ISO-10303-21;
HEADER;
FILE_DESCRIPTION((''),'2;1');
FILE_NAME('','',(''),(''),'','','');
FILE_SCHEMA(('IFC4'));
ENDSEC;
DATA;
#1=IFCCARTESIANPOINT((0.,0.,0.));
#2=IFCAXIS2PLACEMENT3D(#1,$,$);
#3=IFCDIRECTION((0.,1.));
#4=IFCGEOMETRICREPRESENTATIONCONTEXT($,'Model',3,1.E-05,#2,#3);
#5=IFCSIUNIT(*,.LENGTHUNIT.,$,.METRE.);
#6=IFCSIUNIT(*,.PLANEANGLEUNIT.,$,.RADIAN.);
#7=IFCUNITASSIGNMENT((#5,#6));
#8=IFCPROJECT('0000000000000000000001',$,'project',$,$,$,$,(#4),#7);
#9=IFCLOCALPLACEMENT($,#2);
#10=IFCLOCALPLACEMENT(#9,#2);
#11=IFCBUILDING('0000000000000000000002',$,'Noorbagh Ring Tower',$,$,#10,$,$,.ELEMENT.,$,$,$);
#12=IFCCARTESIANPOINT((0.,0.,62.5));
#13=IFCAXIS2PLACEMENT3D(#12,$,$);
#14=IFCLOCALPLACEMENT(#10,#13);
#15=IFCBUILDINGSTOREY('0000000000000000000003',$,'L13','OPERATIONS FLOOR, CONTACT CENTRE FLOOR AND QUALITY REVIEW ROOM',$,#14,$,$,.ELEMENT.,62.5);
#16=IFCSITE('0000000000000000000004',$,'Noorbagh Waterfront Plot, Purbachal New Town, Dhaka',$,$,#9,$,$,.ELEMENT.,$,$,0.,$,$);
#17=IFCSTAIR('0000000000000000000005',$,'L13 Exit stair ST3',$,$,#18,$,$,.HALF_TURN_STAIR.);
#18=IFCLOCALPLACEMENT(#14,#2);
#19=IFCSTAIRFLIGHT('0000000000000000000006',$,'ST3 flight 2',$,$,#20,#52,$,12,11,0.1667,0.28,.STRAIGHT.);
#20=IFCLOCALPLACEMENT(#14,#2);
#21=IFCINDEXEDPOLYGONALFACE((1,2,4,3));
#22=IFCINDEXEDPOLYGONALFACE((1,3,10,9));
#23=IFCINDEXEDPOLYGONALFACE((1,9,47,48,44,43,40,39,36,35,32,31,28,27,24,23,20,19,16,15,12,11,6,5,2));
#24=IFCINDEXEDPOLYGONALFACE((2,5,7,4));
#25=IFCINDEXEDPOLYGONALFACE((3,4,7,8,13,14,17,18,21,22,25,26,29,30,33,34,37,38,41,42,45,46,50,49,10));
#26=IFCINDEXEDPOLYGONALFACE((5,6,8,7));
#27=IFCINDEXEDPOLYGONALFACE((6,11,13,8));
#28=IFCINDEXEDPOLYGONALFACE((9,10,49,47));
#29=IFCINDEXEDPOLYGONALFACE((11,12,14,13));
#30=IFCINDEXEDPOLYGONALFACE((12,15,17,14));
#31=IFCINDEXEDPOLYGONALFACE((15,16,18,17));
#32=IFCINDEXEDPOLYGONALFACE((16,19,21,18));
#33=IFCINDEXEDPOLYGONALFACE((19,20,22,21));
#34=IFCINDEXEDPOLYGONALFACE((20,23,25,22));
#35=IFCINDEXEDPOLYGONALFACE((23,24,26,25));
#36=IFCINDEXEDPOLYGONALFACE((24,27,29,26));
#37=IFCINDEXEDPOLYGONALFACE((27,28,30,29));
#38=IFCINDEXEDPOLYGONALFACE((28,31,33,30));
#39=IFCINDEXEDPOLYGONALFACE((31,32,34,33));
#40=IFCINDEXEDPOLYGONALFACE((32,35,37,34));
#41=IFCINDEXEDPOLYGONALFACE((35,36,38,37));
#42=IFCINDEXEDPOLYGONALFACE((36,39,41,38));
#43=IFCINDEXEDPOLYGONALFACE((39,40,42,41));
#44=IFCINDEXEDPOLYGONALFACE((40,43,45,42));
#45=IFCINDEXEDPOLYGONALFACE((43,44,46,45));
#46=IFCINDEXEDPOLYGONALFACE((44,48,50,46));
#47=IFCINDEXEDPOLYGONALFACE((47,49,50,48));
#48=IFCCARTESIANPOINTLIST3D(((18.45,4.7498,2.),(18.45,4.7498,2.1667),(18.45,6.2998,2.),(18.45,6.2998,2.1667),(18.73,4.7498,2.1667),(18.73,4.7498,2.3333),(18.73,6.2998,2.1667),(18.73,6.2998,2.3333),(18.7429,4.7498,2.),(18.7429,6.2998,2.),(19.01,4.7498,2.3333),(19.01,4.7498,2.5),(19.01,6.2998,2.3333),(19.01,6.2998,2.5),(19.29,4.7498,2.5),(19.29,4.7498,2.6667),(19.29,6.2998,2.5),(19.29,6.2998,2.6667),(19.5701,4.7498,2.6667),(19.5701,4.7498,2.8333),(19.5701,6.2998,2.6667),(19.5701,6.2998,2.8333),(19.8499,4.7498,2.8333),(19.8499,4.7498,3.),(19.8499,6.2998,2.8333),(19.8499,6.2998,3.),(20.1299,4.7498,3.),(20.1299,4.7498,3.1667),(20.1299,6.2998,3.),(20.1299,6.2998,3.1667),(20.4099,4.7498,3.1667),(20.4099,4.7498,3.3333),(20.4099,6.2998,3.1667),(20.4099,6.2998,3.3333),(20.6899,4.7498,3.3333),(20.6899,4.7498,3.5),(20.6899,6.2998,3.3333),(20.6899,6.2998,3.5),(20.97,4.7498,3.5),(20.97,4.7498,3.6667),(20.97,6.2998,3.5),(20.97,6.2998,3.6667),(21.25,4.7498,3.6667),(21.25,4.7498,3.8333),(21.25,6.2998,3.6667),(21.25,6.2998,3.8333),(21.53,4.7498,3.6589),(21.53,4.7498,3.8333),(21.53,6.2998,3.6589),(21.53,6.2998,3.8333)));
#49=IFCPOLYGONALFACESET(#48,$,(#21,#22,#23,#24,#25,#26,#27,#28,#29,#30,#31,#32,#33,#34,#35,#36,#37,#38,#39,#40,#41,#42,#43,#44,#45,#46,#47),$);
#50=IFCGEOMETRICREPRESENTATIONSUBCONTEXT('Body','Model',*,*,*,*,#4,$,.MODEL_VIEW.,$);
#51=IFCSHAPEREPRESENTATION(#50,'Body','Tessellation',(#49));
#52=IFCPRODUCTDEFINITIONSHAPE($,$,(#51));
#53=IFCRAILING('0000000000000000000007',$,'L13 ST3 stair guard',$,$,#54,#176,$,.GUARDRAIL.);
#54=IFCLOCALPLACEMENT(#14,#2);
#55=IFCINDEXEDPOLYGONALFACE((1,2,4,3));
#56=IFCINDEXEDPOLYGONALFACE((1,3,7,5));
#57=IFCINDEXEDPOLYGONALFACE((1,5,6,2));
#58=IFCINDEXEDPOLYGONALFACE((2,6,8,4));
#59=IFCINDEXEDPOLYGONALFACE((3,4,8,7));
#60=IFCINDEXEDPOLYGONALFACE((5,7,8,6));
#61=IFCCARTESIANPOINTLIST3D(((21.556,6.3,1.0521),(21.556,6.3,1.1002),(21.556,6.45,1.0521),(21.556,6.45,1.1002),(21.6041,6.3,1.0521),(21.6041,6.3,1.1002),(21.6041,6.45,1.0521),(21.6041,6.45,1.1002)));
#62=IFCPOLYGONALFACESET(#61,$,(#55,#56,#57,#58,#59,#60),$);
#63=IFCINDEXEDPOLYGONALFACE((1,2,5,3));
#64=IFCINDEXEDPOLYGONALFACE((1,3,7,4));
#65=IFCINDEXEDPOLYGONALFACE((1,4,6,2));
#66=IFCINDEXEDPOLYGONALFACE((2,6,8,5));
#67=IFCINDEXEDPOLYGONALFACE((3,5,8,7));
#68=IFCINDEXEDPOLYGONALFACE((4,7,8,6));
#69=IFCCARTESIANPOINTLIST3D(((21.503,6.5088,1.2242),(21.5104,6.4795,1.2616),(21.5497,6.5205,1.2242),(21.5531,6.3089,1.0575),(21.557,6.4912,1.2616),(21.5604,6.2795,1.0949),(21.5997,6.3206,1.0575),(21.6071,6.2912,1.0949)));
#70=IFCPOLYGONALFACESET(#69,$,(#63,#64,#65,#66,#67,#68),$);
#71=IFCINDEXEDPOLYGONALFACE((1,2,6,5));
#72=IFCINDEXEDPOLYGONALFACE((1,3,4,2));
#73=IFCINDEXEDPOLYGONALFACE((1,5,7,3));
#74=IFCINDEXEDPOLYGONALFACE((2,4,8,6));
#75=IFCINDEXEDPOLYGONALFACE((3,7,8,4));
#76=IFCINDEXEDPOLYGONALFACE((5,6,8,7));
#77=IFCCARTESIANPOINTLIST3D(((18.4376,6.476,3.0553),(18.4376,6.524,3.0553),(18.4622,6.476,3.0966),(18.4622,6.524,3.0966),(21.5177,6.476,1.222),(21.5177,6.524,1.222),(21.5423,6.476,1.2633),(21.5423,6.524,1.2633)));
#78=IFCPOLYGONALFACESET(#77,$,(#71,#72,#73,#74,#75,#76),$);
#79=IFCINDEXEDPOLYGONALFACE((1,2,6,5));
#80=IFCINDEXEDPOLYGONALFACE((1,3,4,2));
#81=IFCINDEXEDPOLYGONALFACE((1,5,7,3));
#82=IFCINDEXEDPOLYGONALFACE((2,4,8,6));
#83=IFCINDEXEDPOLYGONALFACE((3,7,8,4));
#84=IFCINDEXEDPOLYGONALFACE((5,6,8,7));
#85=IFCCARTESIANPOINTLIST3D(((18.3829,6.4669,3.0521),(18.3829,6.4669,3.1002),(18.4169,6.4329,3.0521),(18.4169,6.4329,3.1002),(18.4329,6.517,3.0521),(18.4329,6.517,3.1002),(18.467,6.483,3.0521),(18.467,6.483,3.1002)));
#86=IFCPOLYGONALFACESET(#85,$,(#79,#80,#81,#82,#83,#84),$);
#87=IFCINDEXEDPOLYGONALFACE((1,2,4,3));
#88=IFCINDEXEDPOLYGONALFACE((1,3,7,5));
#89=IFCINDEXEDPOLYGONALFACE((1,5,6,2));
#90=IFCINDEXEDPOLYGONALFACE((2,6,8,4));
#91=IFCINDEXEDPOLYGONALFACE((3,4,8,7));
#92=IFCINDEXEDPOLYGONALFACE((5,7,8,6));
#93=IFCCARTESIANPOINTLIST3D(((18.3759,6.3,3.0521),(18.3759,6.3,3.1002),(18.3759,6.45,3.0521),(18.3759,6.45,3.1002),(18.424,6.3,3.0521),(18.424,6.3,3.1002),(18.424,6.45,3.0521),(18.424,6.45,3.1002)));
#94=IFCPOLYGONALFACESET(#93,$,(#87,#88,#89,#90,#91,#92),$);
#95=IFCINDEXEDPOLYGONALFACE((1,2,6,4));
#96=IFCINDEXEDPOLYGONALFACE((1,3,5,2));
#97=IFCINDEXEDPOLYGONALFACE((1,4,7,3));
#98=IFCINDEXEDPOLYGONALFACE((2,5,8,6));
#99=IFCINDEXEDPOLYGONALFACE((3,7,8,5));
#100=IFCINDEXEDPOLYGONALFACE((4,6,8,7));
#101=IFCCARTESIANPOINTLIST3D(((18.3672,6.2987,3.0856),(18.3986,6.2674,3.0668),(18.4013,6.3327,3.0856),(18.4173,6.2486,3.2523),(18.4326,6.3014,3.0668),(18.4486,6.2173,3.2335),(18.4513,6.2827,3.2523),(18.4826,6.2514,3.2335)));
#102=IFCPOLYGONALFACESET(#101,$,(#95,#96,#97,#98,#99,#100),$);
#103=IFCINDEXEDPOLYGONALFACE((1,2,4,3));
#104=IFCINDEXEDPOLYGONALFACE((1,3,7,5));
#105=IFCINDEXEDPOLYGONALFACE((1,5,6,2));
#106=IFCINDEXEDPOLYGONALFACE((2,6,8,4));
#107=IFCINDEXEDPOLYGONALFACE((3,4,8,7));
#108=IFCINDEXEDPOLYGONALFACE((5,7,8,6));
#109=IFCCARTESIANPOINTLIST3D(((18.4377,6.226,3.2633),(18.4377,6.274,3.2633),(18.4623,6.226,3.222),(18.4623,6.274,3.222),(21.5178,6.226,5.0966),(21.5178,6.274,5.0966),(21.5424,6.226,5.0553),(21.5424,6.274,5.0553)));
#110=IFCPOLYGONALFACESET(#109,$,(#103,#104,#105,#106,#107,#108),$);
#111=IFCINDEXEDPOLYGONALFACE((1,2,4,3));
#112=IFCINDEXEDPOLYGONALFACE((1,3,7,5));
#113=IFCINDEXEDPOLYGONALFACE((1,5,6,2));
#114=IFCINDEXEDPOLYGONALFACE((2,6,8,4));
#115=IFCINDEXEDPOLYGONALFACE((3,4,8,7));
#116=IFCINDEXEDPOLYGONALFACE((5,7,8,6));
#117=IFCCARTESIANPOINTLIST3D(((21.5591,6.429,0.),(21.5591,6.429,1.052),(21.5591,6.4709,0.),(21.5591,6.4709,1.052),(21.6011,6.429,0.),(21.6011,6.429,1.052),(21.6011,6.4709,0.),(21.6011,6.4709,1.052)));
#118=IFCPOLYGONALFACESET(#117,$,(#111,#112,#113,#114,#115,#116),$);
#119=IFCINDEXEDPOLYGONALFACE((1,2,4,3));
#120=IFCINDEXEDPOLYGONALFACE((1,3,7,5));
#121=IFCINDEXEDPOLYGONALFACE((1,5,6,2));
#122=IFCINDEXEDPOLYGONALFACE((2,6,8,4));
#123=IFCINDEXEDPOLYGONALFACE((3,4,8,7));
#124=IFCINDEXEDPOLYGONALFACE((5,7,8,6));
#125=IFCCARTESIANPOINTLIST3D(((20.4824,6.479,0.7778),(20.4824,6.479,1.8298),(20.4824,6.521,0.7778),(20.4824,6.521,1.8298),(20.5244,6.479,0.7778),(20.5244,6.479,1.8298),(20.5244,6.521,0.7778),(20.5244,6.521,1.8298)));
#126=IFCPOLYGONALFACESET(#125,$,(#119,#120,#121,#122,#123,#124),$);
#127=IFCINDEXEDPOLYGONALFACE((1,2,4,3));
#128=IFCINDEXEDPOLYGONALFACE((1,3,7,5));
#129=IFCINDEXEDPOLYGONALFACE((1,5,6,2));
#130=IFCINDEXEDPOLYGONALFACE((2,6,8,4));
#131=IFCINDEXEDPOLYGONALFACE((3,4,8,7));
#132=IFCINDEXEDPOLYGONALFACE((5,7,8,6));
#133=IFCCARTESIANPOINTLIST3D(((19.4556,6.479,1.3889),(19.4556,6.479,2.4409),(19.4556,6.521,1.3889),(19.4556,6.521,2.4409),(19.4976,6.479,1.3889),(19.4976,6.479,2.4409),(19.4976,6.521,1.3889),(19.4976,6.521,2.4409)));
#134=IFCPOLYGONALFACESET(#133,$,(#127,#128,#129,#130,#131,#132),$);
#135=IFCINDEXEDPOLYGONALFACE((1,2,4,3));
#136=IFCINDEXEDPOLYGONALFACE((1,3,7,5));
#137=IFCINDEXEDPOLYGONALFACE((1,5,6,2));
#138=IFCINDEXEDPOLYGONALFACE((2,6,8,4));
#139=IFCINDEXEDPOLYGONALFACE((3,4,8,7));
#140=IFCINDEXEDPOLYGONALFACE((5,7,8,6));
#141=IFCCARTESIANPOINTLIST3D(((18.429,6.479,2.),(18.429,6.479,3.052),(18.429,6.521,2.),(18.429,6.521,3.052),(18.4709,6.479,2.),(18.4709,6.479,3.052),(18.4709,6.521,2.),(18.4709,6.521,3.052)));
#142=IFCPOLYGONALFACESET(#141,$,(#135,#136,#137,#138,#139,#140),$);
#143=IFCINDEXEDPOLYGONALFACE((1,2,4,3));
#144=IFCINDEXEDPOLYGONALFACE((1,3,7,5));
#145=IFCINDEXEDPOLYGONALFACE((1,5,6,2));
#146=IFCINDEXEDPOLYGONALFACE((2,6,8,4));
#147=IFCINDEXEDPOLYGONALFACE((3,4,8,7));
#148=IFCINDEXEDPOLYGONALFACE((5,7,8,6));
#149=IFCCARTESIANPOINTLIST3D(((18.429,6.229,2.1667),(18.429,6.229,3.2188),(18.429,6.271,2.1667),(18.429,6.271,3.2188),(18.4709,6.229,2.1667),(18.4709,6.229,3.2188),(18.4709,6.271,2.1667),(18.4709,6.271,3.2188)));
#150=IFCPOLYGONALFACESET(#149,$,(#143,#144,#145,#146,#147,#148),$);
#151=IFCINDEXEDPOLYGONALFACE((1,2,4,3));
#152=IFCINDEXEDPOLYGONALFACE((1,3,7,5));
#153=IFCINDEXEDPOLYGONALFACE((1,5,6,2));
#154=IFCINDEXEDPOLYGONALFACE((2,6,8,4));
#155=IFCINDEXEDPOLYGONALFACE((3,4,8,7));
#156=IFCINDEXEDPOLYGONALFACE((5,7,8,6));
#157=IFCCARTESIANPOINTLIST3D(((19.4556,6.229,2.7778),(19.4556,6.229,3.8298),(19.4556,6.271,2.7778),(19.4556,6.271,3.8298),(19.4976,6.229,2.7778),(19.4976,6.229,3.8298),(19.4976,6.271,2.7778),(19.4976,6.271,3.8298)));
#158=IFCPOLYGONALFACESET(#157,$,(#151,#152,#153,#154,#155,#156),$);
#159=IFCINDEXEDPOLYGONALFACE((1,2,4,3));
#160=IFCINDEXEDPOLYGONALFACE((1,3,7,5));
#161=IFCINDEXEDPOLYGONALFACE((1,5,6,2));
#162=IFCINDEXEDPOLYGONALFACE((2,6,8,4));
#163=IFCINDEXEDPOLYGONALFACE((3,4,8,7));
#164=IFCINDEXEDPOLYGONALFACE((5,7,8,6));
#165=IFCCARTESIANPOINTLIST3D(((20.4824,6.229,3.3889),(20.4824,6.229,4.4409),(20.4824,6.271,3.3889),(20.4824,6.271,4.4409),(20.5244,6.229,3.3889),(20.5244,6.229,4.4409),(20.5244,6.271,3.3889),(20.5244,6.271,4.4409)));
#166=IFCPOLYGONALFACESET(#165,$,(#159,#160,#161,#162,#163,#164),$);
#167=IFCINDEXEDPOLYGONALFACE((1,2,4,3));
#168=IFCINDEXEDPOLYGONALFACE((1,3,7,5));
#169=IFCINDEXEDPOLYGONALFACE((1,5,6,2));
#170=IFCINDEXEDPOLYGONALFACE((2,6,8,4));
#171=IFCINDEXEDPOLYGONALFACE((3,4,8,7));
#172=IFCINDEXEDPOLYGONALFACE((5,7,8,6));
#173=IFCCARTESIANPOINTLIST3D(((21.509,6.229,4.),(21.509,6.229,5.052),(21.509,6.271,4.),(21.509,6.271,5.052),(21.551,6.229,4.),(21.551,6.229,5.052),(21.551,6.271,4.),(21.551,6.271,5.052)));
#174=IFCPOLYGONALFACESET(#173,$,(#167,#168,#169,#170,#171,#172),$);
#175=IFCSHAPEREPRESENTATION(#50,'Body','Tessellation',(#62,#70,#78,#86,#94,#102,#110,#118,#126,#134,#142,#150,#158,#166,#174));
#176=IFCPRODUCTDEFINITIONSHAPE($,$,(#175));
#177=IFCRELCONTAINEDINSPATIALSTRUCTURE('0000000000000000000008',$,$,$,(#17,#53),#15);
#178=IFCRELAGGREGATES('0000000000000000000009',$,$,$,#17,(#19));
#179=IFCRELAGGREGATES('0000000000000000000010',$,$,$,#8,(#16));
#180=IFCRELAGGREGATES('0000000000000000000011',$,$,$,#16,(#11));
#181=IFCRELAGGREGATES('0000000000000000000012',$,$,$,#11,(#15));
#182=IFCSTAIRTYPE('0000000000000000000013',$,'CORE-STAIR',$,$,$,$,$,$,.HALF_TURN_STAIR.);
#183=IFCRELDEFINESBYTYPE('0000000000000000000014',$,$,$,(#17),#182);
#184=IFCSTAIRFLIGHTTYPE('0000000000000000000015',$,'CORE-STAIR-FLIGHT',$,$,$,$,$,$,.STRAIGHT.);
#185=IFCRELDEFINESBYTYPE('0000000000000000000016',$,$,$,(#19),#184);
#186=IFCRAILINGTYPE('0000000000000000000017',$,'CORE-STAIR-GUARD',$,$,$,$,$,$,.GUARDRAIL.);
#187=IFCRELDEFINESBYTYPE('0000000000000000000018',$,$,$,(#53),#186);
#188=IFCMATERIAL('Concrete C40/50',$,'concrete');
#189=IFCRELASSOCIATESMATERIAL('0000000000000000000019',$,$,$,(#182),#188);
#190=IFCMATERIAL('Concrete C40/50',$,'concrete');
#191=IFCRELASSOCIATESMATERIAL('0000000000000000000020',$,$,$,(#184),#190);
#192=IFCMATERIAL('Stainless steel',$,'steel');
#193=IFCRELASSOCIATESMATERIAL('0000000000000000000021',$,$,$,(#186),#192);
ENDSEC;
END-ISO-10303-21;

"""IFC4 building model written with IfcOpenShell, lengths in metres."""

from ifc_helpers import new_model, si_unit, direction, frame, origin, origin_2d, place, context, subcontext, project, spatial, polyline, rectangle, outline, extrude, material, type_object, element, aggregate, save


model = new_model("IFC4")

# Units and contexts
model_context = context("Model", 3, precision=1e-05, world=origin(), true_north=direction((0.0, 1.0)))
body_context = subcontext(model_context, "Body", "Model", "MODEL_VIEW")
ifc_project = project(units=[si_unit("LENGTHUNIT", "METRE"), si_unit("PLANEANGLEUNIT", "RADIAN")], contexts=[model_context])

# Site, building, storey
site_placement = place(None, origin())
site = spatial("IfcSite", under=ifc_project, at=site_placement, Name="Noorbagh Waterfront Plot, Purbachal New Town, Dhaka", CompositionType="ELEMENT", RefElevation=0.0)
building_placement = place(site_placement, origin())
building = spatial("IfcBuilding", under=site, at=building_placement, Name="Noorbagh Ring Tower", CompositionType="ELEMENT")
storey_placement = place(building_placement, frame((0.0, 0.0, 62.5)))
storey = spatial("IfcBuildingStorey", under=building, at=storey_placement, Name="L13", Description="OPERATIONS FLOOR, CONTACT CENTRE FLOOR AND QUALITY REVIEW ROOM", CompositionType="ELEMENT", Elevation=62.5)

# Stair, stair flight
ifc_material_1 = material(Name="Concrete C40/50", Category="concrete")
stair_type = type_object("IfcStairType", Name="CORE-STAIR", PredefinedType="HALF_TURN_STAIR", material=ifc_material_1)
stair_placement = place(storey_placement, origin())
stair = element("IfcStair", 1, at=stair_placement, inside=storey, type_object=stair_type, Name="L13 Exit stair ST3", PredefinedType="HALF_TURN_STAIR")
ifc_material_2 = material(Name="Concrete C40/50", Category="concrete")
stair_flight_type = type_object("IfcStairFlightType", Name="CORE-STAIR-FLIGHT", PredefinedType="STRAIGHT", material=ifc_material_2)
stair_flight_1_placement = place(storey_placement, frame((18.45, 5.5249, 2.0), z_axis=(0.0, 0.0, 1.0), x_axis=(1.0, 0.0, 0.0)))
stair_flight_1 = element("IfcStairFlight", 2, at=stair_flight_1_placement, type_object=stair_flight_type, Name="ST3 flight 2", NumberOfRisers=12, NumberOfTreads=11, PredefinedType="STRAIGHT", RiserHeight=0.1667, TreadLength=0.28, context=body_context, shape_type="SweptSolid", body=[
    extrude(outline(polyline([(0.0, 0.0), (0.0, 0.1667), (0.28, 0.1667), (0.28, 0.3333), (0.5601, 0.3333), (0.5601, 0.5), (0.8401, 0.5), (0.8401, 0.6667), (1.1201, 0.6667), (1.1201, 0.8333), (1.3999, 0.8333), (1.3999, 1.0), (1.6799, 1.0), (1.6799, 1.1667), (1.96, 1.1667), (1.96, 1.3333), (2.24, 1.3333), (2.24, 1.5), (2.52, 1.5), (2.52, 1.6667), (2.8, 1.6667), (2.8, 1.8333), (3.0801, 1.8333), (3.0801, 2.0), (3.0801, 1.6589), (0.293, 0.0), (0.0, 0.0)])), frame((0.0, 0.7749, 0.0), z_axis=(0.0, -1.0, 0.0), x_axis=(1.0, 0.0, 0.0)), (0.0, 0.0, 1.0), 1.55),
])
aggregate(stair, [stair_flight_1])

# Railing
ifc_material_3 = material(Name="Stainless steel", Category="steel")
railing_type_1 = type_object("IfcRailingType", Name="CORE-STAIR-GUARD", PredefinedType="GUARDRAIL", material=ifc_material_3)
railing_1_placement = place(storey_placement, frame((21.5801, 6.45, 0.0)))
element("IfcRailing", 3, at=railing_1_placement, inside=storey, type_object=railing_type_1, Name="L13 ST3 stair guard", PredefinedType="GUARDRAIL", context=body_context, shape_type="SweptSolid", body=[
    extrude(rectangle(XDim=0.0481, YDim=0.0481, at=origin_2d()), frame((0.0, 0.0, 1.0762), z_axis=(0.0, -1.0, 0.0), x_axis=(1.0, 0.0, 0.0)), (0.0, 0.0, 1.0), 0.1499),
    extrude(rectangle(XDim=0.0481, YDim=0.0481, at=origin_2d()), frame((0.0, -0.1499, 1.0762), z_axis=(-0.188776, 0.754182, 0.628946), x_axis=(-0.970073, -0.242814, 0.0)), (0.0, 0.0, 1.0), 0.2651),
    extrude(rectangle(XDim=0.0481, YDim=0.0481, at=origin_2d()), frame((-0.05, 0.05, 1.2427), z_axis=(-0.859309, 0.0, 0.511458), x_axis=(0.0, -1.0, 0.0)), (0.0, 0.0, 1.0), 3.5845),
    extrude(rectangle(XDim=0.0481, YDim=0.0481, at=origin_2d()), frame((-3.1301, 0.05, 3.0762), z_axis=(-0.707107, -0.707107, 0.0), x_axis=(0.707107, -0.707107, 0.0)), (0.0, 0.0, 1.0), 0.0708),
    extrude(rectangle(XDim=0.0481, YDim=0.0481, at=origin_2d()), frame((-3.1802, 0.0, 3.0762), z_axis=(0.0, -1.0, 0.0), x_axis=(1.0, 0.0, 0.0)), (0.0, 0.0, 1.0), 0.1499),
    extrude(rectangle(XDim=0.0481, YDim=0.0481, at=origin_2d()), frame((-3.1802, -0.1499, 3.0762), z_axis=(0.276287, -0.276287, 0.920506), x_axis=(0.707107, 0.707107, 0.0)), (0.0, 0.0, 1.0), 0.1812),
    extrude(rectangle(XDim=0.0481, YDim=0.0481, at=origin_2d()), frame((-3.1301, -0.2, 3.2427), z_axis=(0.859309, 0.0, 0.511458), x_axis=(0.0, 1.0, 0.0)), (0.0, 0.0, 1.0), 3.5845),
    extrude(rectangle(XDim=0.042, YDim=0.042, at=origin_2d()), origin(), (0.0, 0.0, 1.0), 1.052),
    extrude(rectangle(XDim=0.042, YDim=0.042, at=origin_2d()), frame((-1.0767, 0.05, 0.7778)), (0.0, 0.0, 1.0), 1.052),
    extrude(rectangle(XDim=0.042, YDim=0.042, at=origin_2d()), frame((-2.1035, 0.05, 1.3889)), (0.0, 0.0, 1.0), 1.052),
    extrude(rectangle(XDim=0.042, YDim=0.042, at=origin_2d()), frame((-3.1301, 0.05, 2.0)), (0.0, 0.0, 1.0), 1.052),
    extrude(rectangle(XDim=0.042, YDim=0.042, at=origin_2d()), frame((-3.1301, -0.2, 2.1667)), (0.0, 0.0, 1.0), 1.052),
    extrude(rectangle(XDim=0.042, YDim=0.042, at=origin_2d()), frame((-2.1035, -0.2, 2.7778)), (0.0, 0.0, 1.0), 1.052),
    extrude(rectangle(XDim=0.042, YDim=0.042, at=origin_2d()), frame((-1.0767, -0.2, 3.3889)), (0.0, 0.0, 1.0), 1.052),
    extrude(rectangle(XDim=0.042, YDim=0.042, at=origin_2d()), frame((-0.05, -0.2, 4.0)), (0.0, 0.0, 1.0), 1.052),
])

save(model, "model.ifc")
